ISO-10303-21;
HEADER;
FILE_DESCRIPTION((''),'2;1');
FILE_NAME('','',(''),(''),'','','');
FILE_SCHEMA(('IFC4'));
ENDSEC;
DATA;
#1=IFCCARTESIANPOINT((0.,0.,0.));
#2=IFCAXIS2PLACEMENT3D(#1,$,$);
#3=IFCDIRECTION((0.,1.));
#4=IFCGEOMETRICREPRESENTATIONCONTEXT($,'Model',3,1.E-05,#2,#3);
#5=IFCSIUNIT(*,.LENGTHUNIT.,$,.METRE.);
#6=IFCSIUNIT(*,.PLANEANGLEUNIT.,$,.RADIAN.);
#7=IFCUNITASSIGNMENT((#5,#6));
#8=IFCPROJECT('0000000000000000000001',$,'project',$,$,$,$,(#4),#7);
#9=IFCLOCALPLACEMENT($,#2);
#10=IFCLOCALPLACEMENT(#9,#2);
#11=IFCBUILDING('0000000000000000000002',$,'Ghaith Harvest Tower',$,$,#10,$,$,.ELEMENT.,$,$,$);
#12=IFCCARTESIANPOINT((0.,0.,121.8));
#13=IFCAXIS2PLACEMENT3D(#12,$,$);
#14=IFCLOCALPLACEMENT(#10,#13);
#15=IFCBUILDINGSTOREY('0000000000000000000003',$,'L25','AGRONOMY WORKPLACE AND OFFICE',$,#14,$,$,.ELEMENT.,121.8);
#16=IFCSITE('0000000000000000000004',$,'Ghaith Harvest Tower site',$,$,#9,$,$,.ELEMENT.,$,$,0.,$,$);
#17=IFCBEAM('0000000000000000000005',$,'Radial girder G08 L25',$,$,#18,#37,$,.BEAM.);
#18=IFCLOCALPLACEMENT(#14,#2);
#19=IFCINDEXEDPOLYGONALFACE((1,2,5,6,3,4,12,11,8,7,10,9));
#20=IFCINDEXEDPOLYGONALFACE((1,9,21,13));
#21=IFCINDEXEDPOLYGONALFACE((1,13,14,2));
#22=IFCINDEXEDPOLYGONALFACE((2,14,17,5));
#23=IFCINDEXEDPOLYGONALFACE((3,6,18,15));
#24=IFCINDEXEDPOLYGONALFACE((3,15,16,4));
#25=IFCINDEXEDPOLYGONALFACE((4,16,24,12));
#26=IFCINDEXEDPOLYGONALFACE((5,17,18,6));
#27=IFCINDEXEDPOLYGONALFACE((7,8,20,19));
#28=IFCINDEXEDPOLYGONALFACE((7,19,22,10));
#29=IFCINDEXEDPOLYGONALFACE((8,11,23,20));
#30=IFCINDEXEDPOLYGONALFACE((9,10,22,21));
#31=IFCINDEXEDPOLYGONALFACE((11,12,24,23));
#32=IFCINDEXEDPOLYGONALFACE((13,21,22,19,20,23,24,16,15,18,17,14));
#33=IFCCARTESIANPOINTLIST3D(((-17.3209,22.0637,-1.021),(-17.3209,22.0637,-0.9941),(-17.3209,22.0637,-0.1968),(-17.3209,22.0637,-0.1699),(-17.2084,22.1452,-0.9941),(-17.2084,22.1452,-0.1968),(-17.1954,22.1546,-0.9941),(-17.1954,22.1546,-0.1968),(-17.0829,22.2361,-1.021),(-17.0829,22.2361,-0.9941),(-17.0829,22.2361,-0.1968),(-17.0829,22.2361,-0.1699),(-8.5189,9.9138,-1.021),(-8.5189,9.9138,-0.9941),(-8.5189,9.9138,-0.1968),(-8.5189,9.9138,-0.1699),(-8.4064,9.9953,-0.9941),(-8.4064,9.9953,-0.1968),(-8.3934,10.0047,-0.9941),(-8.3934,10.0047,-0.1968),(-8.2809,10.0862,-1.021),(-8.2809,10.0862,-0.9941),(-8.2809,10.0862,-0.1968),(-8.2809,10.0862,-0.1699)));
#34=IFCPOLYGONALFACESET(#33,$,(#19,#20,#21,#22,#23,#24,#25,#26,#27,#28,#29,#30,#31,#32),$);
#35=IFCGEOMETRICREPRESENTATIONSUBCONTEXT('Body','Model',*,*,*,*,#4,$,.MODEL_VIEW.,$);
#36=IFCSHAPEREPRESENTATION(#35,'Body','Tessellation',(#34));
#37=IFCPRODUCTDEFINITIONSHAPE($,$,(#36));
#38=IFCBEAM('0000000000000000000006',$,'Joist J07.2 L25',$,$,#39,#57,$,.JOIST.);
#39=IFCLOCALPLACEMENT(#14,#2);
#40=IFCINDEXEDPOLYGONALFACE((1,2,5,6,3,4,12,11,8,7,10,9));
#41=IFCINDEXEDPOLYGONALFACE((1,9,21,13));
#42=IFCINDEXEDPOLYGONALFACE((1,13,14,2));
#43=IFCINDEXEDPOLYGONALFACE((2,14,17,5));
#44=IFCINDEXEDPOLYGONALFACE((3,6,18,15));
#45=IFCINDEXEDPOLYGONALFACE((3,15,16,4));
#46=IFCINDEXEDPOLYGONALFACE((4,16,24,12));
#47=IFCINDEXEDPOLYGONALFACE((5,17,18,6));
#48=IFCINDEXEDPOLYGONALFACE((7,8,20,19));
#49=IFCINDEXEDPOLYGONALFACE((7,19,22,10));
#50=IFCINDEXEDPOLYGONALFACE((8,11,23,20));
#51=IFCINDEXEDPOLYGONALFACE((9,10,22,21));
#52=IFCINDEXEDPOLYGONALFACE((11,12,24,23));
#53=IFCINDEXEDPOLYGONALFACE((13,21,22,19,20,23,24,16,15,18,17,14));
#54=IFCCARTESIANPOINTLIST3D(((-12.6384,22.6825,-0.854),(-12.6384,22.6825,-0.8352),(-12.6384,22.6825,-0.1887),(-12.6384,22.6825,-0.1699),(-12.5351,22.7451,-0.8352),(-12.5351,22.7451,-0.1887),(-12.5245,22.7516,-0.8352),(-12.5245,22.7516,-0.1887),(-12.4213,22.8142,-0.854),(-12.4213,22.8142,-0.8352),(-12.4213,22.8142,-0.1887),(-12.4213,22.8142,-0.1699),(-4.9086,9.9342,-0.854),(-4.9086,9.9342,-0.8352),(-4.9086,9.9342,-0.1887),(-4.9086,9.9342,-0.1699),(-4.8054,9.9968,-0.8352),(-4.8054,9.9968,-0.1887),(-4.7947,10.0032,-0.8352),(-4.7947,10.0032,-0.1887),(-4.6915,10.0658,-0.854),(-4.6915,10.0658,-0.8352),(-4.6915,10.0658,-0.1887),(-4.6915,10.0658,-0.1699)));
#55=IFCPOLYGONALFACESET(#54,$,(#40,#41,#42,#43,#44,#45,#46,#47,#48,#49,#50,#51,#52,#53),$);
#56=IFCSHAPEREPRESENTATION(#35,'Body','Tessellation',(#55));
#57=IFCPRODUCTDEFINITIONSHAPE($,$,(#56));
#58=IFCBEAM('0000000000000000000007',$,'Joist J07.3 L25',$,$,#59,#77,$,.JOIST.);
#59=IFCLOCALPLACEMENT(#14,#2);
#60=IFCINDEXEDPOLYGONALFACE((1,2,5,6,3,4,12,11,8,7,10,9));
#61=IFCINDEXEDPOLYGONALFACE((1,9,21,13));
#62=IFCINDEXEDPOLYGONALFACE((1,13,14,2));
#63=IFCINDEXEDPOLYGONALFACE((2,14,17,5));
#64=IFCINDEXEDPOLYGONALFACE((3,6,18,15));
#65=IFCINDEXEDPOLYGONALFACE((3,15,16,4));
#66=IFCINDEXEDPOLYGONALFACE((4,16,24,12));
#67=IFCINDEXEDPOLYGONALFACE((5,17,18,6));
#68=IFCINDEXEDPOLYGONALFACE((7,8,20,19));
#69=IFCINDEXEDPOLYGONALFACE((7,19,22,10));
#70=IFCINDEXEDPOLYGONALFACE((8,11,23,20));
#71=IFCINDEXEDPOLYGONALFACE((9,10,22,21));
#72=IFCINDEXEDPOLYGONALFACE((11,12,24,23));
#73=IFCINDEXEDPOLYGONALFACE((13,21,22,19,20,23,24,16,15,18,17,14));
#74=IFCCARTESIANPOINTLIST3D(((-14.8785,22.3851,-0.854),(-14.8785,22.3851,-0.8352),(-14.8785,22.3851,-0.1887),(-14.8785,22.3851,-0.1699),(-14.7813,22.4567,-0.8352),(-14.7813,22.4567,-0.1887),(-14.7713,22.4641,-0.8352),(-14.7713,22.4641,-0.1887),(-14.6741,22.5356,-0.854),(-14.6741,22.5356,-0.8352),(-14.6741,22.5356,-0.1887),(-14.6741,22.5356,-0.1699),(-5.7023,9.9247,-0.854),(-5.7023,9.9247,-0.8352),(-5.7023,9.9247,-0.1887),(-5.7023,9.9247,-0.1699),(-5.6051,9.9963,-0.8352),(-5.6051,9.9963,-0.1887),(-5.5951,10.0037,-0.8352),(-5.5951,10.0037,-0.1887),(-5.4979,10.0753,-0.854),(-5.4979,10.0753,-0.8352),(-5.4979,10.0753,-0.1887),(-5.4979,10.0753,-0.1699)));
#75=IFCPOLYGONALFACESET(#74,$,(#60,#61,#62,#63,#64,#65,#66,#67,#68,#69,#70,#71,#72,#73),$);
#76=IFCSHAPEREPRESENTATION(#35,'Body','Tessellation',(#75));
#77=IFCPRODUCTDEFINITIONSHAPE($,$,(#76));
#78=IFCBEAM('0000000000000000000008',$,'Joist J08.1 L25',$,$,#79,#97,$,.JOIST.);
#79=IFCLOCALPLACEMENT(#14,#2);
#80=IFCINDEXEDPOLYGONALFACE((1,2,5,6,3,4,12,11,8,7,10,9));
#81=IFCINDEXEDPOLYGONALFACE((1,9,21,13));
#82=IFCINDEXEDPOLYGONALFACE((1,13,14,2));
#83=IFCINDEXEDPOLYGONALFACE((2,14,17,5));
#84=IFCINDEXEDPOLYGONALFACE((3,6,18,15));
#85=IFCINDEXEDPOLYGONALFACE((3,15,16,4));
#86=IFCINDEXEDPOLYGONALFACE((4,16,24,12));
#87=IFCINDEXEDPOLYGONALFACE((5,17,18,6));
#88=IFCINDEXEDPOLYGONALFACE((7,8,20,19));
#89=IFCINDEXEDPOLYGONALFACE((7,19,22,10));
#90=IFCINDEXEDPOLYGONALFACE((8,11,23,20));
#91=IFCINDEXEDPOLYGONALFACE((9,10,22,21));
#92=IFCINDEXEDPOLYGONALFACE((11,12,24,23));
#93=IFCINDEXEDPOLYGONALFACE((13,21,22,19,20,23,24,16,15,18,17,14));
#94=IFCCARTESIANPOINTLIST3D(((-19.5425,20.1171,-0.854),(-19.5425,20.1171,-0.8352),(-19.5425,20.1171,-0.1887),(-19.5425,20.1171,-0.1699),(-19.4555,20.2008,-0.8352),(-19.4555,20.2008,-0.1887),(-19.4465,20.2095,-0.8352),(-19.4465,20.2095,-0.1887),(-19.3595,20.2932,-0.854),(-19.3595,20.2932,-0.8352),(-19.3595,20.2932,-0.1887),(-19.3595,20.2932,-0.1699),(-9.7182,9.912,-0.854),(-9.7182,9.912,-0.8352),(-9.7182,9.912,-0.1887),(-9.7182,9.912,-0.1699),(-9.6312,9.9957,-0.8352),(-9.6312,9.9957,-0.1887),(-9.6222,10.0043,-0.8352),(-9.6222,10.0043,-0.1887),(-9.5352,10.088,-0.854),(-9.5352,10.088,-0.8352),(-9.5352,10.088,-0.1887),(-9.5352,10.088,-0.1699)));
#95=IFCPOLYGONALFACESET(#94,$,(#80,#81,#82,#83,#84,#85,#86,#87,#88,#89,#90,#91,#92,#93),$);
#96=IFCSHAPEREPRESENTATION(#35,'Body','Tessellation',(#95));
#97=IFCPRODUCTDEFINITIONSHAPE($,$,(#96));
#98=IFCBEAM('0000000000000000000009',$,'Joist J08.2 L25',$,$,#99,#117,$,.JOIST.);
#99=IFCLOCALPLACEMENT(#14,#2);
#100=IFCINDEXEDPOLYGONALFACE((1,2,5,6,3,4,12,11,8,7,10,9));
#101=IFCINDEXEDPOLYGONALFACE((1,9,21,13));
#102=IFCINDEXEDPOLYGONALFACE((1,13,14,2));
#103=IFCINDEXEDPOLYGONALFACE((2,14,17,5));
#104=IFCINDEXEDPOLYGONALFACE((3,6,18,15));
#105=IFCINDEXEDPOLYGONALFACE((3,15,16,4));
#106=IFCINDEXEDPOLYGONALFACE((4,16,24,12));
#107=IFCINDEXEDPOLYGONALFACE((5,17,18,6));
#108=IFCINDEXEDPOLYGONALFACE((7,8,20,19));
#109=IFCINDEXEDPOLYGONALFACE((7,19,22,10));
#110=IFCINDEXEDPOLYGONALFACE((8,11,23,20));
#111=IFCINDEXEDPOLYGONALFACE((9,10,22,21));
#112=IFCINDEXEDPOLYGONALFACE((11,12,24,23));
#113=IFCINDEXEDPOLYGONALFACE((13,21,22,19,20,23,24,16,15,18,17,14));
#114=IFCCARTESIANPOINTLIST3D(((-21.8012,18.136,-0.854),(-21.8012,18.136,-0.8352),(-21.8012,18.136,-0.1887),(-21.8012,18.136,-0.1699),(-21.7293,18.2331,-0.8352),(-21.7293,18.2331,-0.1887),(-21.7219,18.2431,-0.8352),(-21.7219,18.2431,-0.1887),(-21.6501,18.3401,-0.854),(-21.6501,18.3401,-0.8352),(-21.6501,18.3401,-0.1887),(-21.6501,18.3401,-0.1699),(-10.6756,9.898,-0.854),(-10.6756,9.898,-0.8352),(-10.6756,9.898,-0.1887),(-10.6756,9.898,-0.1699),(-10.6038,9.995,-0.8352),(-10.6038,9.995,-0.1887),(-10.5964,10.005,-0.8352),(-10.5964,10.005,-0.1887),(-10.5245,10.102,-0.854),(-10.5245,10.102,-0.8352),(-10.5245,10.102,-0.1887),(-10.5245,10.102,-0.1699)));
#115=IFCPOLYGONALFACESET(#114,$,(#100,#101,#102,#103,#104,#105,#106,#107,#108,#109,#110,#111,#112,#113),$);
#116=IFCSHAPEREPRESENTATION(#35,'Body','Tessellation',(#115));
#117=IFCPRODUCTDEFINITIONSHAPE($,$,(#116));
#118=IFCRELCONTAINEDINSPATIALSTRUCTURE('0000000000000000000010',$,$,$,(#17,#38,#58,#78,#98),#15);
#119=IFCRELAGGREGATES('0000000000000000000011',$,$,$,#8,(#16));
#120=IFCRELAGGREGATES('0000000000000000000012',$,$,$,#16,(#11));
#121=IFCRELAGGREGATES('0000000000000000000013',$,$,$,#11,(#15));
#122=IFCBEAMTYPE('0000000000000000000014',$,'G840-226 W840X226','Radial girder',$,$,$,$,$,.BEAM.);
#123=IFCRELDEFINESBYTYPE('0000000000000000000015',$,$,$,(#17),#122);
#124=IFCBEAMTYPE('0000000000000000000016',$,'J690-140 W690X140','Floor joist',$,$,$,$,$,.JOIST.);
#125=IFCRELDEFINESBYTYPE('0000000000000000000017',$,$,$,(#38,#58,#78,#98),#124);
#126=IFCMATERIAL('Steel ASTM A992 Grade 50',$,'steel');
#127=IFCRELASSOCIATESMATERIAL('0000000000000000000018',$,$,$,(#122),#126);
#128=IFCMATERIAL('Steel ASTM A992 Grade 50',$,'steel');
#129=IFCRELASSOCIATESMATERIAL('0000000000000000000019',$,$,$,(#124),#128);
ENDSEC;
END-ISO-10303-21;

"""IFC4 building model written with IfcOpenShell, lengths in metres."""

from ifc_helpers import new_model, si_unit, direction, frame, origin, origin_2d, place, context, subcontext, project, spatial, i_section, extrude, material, material_profile, profile_set, type_object, element, save


model = new_model("IFC4")

# Units and contexts
model_context = context("Model", 3, precision=1e-05, world=origin(), true_north=direction((0.0, 1.0)))
body_context = subcontext(model_context, "Body", "Model", "MODEL_VIEW")
ifc_project = project(units=[si_unit("LENGTHUNIT", "METRE"), si_unit("PLANEANGLEUNIT", "RADIAN")], contexts=[model_context])

# Site, building, storey
site_placement = place(None, origin())
site = spatial("IfcSite", under=ifc_project, at=site_placement, Name="Ghaith Harvest Tower site", CompositionType="ELEMENT", RefElevation=0.0)
building_placement = place(site_placement, origin())
building = spatial("IfcBuilding", under=site, at=building_placement, Name="Ghaith Harvest Tower", CompositionType="ELEMENT")
storey_placement = place(building_placement, frame((0.0, 0.0, 121.8)))
storey = spatial("IfcBuildingStorey", under=building, at=storey_placement, Name="L25", Description="AGRONOMY WORKPLACE AND OFFICE", CompositionType="ELEMENT", Elevation=121.8)

# Beams
ifc_material_1 = material(Name="Steel ASTM A992 Grade 50", Category="steel")
ifc_material_profile_1 = material_profile(ifc_material_1, i_section(OverallWidth=0.2939, OverallDepth=0.8511, WebThickness=0.0161, FlangeThickness=0.0269, at=origin_2d()), Name="W840X226")
ifc_profile_set_1 = profile_set([ifc_material_profile_1], Name="Steel ASTM A992 Grade 50")
beam_type_1 = type_object("IfcBeamType", Name="G840-226 W840X226", Description="Radial girder", PredefinedType="BEAM", material=ifc_profile_set_1)
beam_1_placement = place(storey_placement, frame((-8.3999, 10.0, -0.5955), z_axis=(-0.586676, 0.809822, 0.0), x_axis=(-0.809822, -0.586676, 0.0)))
element("IfcBeam", 1, at=beam_1_placement, inside=storey, type_object=beam_type_1, Name="Radial girder G08 L25", PredefinedType="BEAM", context=body_context, shape_type="SweptSolid", body=[
    extrude(i_section(OverallWidth=0.2939, OverallDepth=0.8511, WebThickness=0.0161, FlangeThickness=0.0269, at=origin_2d()), origin(), (0.0, 0.0, 1.0), 15.0032),
])
ifc_material_2 = material(Name="Steel ASTM A992 Grade 50", Category="steel")
ifc_material_profile_2 = material_profile(ifc_material_2, i_section(OverallWidth=0.2539, OverallDepth=0.6841, WebThickness=0.0125, FlangeThickness=0.0188, at=origin_2d()), Name="W690X140")
ifc_profile_set_2 = profile_set([ifc_material_profile_2], Name="Steel ASTM A992 Grade 50")
beam_type_2 = type_object("IfcBeamType", Name="J690-140 W690X140", Description="Floor joist", PredefinedType="JOIST", material=ifc_profile_set_2)
beam_2_placement = place(storey_placement, frame((-4.8, 10.0, -0.512), z_axis=(-0.518473, 0.855094, 0.0), x_axis=(-0.855094, -0.518473, 0.0)))
element("IfcBeam", 2, at=beam_2_placement, inside=storey, type_object=beam_type_2, Name="Joist J07.2 L25", PredefinedType="JOIST", context=body_context, shape_type="SweptSolid", body=[
    extrude(i_section(OverallWidth=0.2539, OverallDepth=0.6841, WebThickness=0.0125, FlangeThickness=0.0188, at=origin_2d()), origin(), (0.0, 0.0, 1.0), 14.9087),
])
beam_3_placement = place(storey_placement, frame((-5.6001, 10.0, -0.512), z_axis=(-0.592985, 0.805214, 0.0), x_axis=(-0.805214, -0.592985, 0.0)))
element("IfcBeam", 3, at=beam_3_placement, inside=storey, type_object=beam_type_2, Name="Joist J07.3 L25", PredefinedType="JOIST", context=body_context, shape_type="SweptSolid", body=[
    extrude(i_section(OverallWidth=0.2539, OverallDepth=0.6841, WebThickness=0.0125, FlangeThickness=0.0188, at=origin_2d()), origin(), (0.0, 0.0, 1.0), 15.4746),
])
beam_4_placement = place(storey_placement, frame((-9.6267, 10.0, -0.512), z_axis=(-0.693536, 0.720422, 0.0), x_axis=(-0.720422, -0.693536, 0.0)))
element("IfcBeam", 4, at=beam_4_placement, inside=storey, type_object=beam_type_2, Name="Joist J08.1 L25", PredefinedType="JOIST", context=body_context, shape_type="SweptSolid", body=[
    extrude(i_section(OverallWidth=0.2539, OverallDepth=0.6841, WebThickness=0.0125, FlangeThickness=0.0188, at=origin_2d()), origin(), (0.0, 0.0, 1.0), 14.1655),
])
beam_5_placement = place(storey_placement, frame((-10.6001, 10.0, -0.512), z_axis=(-0.803663, 0.595085, 0.0), x_axis=(-0.595085, -0.803663, 0.0)))
element("IfcBeam", 5, at=beam_5_placement, inside=storey, type_object=beam_type_2, Name="Joist J08.2 L25", PredefinedType="JOIST", context=body_context, shape_type="SweptSolid", body=[
    extrude(i_section(OverallWidth=0.2539, OverallDepth=0.6841, WebThickness=0.0125, FlangeThickness=0.0188, at=origin_2d()), origin(), (0.0, 0.0, 1.0), 13.8435),
])

save(model, "model.ifc")
